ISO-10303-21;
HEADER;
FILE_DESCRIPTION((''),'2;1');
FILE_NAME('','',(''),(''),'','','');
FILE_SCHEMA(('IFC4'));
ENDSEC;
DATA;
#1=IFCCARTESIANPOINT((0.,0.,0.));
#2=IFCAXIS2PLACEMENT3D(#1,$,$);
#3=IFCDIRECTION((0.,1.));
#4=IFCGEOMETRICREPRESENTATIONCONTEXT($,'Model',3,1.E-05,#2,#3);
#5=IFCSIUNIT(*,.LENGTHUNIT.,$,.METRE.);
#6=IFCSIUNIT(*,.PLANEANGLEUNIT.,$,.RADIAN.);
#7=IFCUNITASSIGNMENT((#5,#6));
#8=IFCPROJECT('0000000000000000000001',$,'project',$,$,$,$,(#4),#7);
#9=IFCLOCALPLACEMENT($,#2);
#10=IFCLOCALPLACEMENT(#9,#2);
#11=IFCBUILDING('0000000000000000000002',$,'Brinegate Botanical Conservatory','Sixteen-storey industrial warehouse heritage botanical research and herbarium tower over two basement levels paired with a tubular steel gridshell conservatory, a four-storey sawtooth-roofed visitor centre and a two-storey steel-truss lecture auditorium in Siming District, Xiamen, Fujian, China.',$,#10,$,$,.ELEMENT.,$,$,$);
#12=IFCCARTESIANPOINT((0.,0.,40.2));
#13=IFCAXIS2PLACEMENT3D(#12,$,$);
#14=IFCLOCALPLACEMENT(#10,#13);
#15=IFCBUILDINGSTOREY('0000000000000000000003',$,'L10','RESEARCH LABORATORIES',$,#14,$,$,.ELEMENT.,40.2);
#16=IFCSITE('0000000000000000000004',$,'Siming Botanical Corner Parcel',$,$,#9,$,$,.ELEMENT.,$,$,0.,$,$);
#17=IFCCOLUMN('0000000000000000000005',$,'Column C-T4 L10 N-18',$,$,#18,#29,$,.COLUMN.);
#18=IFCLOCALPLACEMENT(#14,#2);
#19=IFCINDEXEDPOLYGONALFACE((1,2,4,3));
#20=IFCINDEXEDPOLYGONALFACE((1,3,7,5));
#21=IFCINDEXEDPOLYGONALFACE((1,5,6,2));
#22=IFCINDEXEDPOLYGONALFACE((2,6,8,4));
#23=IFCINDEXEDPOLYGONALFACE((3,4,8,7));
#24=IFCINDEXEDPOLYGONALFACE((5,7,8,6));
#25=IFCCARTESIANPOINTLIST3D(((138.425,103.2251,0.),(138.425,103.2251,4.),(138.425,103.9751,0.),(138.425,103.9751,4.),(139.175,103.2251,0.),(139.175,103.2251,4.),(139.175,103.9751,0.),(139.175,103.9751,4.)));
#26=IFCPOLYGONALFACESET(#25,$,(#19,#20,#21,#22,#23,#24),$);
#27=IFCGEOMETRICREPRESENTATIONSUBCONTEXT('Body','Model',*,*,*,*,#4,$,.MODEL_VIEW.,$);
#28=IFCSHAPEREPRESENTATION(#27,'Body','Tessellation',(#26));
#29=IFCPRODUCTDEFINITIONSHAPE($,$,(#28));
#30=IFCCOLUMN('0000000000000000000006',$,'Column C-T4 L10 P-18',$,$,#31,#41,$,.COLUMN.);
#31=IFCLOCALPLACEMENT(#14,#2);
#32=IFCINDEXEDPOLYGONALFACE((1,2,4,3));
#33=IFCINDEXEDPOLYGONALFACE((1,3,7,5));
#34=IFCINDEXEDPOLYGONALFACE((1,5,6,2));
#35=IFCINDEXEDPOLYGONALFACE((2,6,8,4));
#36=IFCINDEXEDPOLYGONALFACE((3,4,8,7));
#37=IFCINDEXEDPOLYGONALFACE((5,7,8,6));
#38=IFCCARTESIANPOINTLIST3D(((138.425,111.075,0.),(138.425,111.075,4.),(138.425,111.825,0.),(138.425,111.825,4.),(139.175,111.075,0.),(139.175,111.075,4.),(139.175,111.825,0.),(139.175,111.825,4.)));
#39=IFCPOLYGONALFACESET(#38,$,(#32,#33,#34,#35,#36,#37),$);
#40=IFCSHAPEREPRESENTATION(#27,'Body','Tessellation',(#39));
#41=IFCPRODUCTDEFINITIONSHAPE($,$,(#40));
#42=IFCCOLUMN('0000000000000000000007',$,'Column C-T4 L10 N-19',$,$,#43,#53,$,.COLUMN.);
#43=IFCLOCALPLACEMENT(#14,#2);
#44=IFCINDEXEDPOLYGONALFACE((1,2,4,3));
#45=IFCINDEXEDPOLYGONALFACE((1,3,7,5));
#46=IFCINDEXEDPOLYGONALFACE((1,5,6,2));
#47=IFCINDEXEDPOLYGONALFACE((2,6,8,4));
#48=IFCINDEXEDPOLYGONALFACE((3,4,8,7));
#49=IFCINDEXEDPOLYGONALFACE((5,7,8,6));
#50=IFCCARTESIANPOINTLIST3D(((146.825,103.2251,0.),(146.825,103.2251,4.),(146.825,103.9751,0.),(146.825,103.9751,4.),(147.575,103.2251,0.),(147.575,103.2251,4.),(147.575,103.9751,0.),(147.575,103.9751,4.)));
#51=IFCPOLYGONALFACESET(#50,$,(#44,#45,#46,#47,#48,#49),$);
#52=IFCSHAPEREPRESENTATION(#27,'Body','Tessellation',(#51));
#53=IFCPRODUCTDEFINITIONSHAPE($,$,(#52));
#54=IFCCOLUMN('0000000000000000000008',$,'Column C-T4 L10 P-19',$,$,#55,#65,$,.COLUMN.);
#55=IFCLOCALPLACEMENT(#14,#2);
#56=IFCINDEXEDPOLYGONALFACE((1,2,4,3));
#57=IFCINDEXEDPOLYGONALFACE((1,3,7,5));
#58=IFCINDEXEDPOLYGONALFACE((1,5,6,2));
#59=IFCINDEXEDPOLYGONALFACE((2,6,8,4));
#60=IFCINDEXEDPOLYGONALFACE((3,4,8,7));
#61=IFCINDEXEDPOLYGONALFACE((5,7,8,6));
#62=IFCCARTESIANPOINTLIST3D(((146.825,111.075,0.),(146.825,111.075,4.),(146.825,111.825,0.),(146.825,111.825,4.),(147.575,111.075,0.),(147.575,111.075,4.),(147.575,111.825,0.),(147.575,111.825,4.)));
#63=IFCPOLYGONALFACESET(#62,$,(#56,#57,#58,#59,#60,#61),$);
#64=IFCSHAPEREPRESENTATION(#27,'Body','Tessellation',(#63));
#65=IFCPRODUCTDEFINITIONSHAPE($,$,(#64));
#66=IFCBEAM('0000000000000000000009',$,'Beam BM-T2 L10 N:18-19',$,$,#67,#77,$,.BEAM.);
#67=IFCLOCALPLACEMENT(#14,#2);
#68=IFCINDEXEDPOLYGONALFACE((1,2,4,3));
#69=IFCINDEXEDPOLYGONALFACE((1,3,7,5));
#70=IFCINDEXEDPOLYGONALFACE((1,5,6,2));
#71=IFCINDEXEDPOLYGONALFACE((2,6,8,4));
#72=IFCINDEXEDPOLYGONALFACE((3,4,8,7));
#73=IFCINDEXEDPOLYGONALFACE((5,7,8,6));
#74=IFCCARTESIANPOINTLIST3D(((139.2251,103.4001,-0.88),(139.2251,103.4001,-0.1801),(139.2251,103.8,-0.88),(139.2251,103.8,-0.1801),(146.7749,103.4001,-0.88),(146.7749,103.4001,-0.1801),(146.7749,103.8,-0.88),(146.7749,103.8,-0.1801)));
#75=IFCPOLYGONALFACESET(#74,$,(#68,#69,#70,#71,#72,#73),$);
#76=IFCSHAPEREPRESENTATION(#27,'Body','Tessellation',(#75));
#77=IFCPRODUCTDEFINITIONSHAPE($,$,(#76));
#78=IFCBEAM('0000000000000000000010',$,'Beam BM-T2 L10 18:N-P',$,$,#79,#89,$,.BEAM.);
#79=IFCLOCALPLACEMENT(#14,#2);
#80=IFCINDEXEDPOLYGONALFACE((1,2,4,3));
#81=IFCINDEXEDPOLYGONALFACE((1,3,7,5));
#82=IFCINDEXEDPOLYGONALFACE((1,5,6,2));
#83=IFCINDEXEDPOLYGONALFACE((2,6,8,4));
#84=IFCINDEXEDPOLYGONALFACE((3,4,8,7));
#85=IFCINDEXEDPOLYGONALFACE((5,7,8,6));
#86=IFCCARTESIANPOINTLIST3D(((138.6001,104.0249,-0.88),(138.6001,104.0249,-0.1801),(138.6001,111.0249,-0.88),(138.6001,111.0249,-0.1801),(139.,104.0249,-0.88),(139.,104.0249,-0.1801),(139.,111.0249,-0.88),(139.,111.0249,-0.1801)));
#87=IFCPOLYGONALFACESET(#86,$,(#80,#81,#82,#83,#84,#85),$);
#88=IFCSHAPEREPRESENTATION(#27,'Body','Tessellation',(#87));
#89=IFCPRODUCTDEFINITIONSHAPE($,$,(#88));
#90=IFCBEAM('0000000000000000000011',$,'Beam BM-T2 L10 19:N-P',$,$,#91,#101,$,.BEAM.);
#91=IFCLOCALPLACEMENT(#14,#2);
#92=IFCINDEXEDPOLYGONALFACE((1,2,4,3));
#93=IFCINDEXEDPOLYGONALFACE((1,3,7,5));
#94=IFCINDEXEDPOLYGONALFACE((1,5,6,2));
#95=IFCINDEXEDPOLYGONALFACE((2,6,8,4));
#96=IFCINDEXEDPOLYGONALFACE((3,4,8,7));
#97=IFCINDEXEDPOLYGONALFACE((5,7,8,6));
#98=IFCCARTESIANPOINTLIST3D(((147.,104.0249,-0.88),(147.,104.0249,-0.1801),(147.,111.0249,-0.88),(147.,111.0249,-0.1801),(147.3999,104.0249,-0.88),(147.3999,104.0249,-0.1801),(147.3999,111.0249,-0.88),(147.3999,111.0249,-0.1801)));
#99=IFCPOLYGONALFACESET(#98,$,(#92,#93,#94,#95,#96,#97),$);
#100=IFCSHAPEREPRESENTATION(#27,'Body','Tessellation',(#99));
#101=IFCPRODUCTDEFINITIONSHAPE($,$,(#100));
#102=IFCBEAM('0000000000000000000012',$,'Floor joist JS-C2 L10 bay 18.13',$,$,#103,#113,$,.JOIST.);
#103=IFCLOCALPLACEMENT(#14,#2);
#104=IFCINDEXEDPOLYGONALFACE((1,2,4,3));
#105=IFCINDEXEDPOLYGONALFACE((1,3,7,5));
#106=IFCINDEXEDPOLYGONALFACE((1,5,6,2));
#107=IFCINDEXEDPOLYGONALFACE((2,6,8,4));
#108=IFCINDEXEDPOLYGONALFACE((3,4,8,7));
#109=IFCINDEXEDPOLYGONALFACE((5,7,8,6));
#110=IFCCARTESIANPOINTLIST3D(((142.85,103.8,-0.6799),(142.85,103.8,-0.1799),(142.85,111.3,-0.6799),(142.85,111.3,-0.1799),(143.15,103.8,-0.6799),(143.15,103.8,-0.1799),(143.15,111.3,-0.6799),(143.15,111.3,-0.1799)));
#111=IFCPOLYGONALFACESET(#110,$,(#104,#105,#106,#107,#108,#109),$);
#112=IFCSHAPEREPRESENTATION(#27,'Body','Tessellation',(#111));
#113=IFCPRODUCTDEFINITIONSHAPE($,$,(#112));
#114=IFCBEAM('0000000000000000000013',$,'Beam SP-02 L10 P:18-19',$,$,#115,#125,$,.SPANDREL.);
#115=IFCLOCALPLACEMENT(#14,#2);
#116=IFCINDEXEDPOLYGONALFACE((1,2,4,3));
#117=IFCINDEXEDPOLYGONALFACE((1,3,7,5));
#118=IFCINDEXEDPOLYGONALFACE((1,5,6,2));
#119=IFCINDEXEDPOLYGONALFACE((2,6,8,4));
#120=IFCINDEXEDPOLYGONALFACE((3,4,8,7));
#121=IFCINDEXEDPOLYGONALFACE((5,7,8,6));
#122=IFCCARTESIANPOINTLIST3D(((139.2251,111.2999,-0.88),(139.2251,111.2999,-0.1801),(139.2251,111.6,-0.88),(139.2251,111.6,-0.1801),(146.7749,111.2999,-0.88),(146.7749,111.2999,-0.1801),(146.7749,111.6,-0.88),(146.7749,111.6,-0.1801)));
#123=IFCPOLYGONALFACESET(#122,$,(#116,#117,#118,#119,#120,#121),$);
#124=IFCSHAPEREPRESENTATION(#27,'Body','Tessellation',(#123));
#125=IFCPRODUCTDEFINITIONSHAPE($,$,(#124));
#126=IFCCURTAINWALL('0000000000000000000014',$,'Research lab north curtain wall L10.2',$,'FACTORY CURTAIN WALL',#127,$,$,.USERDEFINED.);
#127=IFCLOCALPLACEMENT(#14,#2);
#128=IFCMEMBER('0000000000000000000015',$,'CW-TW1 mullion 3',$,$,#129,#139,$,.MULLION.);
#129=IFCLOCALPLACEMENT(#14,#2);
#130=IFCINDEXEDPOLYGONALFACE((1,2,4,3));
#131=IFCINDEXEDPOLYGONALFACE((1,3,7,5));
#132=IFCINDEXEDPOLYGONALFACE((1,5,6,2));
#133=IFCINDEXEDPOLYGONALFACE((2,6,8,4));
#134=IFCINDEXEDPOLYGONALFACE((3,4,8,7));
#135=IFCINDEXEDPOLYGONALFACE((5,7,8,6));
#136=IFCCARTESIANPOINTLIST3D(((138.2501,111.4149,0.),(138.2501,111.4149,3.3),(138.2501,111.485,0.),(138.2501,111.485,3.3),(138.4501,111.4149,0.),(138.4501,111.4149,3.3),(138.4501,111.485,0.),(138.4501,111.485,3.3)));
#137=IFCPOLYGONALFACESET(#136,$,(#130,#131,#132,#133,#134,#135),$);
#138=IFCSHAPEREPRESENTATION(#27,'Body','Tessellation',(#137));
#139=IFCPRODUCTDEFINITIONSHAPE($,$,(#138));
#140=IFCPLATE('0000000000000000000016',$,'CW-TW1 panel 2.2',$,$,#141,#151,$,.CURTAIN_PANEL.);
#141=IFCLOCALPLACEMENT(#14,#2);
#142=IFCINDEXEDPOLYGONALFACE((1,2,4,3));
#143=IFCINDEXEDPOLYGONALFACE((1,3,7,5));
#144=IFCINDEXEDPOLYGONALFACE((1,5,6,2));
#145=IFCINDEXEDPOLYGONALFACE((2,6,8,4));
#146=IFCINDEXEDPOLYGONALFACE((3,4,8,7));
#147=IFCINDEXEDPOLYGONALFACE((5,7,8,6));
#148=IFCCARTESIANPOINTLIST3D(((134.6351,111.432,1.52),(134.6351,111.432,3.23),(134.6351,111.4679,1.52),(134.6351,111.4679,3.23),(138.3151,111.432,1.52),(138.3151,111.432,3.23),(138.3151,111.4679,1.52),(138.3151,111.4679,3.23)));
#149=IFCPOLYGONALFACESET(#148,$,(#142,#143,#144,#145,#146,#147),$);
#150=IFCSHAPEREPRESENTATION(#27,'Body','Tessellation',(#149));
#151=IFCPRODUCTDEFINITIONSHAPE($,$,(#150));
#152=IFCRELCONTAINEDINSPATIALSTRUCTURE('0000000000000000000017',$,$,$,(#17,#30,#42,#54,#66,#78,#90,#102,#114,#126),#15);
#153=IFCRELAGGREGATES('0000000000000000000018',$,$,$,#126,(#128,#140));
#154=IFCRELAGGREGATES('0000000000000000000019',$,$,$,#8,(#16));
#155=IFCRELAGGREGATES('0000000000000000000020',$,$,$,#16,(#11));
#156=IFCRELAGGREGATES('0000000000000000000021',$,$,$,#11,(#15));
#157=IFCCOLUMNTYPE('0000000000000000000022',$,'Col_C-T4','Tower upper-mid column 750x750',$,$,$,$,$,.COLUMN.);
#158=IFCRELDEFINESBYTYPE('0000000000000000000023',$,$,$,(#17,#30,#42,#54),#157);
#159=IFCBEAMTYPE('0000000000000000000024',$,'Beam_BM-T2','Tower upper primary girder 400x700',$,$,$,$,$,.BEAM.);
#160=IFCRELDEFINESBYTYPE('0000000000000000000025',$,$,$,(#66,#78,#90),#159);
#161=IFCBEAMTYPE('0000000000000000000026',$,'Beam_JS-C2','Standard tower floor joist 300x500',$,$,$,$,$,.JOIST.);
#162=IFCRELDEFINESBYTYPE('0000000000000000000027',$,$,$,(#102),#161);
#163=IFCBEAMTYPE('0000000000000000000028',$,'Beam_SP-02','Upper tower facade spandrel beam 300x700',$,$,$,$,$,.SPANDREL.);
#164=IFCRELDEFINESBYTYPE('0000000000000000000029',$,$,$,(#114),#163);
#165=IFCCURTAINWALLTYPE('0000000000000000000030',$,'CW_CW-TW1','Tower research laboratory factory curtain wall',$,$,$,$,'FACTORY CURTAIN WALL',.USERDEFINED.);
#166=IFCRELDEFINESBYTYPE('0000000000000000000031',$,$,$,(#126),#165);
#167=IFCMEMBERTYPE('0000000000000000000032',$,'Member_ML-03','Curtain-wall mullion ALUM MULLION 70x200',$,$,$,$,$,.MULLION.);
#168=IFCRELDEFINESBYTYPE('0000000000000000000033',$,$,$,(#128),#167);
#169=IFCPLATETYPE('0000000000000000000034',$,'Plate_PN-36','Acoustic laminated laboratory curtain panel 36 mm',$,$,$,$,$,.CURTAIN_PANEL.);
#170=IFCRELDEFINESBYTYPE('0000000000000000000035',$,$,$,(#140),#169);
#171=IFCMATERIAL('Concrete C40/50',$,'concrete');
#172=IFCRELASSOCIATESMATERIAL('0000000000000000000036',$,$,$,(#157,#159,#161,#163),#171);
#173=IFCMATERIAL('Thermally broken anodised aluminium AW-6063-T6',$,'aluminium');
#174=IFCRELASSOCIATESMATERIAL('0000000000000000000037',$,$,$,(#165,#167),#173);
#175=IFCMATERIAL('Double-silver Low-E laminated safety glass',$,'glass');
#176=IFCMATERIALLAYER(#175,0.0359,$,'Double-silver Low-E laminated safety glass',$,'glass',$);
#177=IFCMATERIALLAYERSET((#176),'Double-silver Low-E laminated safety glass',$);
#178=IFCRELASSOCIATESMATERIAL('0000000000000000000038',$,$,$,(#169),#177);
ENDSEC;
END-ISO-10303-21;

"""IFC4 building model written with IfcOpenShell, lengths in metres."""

from ifc_helpers import new_model, si_unit, direction, frame, origin, origin_2d, place, context, subcontext, project, spatial, rectangle, extrude, material, layer, layer_set, material_profile, profile_set, type_object, element, aggregate, save


model = new_model("IFC4")

# Units and contexts
model_context = context("Model", 3, precision=1e-05, world=origin(), true_north=direction((0.0, 1.0)))
body_context = subcontext(model_context, "Body", "Model", "MODEL_VIEW")
ifc_project = project(units=[si_unit("LENGTHUNIT", "METRE"), si_unit("PLANEANGLEUNIT", "RADIAN")], contexts=[model_context])

# Site, building, storey
site_placement = place(None, origin())
site = spatial("IfcSite", under=ifc_project, at=site_placement, Name="Siming Botanical Corner Parcel", CompositionType="ELEMENT", RefElevation=0.0)
building_placement = place(site_placement, origin())
building = spatial("IfcBuilding", under=site, at=building_placement, Name="Brinegate Botanical Conservatory", Description="Sixteen-storey industrial warehouse heritage botanical research and herbarium tower over two basement levels paired with a tubular steel gridshell conservatory, a four-storey sawtooth-roofed visitor centre and a two-storey steel-truss lecture auditorium in Siming District, Xiamen, Fujian, China.", CompositionType="ELEMENT")
storey_placement = place(building_placement, frame((0.0, 0.0, 40.2)))
storey = spatial("IfcBuildingStorey", under=building, at=storey_placement, Name="L10", Description="RESEARCH LABORATORIES", CompositionType="ELEMENT", Elevation=40.2)

# Columns
ifc_material_1 = material(Name="Concrete C40/50", Category="concrete")
ifc_material_profile_1 = material_profile(ifc_material_1, rectangle(XDim=0.75, YDim=0.75, at=origin_2d()), Name="RC COL 750x750")
ifc_profile_set_1 = profile_set([ifc_material_profile_1], Name="Concrete C40/50")
column_type = type_object("IfcColumnType", Name="Col_C-T4", Description="Tower upper-mid column 750x750", PredefinedType="COLUMN", material=ifc_profile_set_1)
for number, where, z_axis, x_axis, name in (
    (1, (138.8, 103.6001, 0.0), (0.0, 0.0, 1.0), (1.0, 0.0, 0.0), "Column C-T4 L10 N-18"),
    (2, (138.8, 111.45, 0.0), (0.0, 0.0, 1.0), (1.0, 0.0, 0.0), "Column C-T4 L10 P-18"),
    (3, (147.2, 103.6001, 0.0), (0.0, 0.0, 1.0), (1.0, 0.0, 0.0), "Column C-T4 L10 N-19"),
    (4, (147.2, 111.45, 0.0), (0.0, 0.0, 1.0), (1.0, 0.0, 0.0), "Column C-T4 L10 P-19"),
):
    element("IfcColumn", number, at=place(storey_placement, frame(where, z_axis=z_axis, x_axis=x_axis)), inside=storey, type_object=column_type, Name=name, PredefinedType="COLUMN", context=body_context, shape_type="SweptSolid", body=[
        extrude(rectangle(XDim=0.75, YDim=0.75, at=origin_2d()), origin(), (0.0, 0.0, 1.0), 4.0),
    ])

# Beams
ifc_material_profile_2 = material_profile(ifc_material_1, rectangle(XDim=0.3999, YDim=0.7, at=origin_2d()), Name="RC BM 400x700")
ifc_profile_set_2 = profile_set([ifc_material_profile_2], Name="Concrete C40/50")
beam_type_1 = type_object("IfcBeamType", Name="Beam_BM-T2", Description="Tower upper primary girder 400x700", PredefinedType="BEAM", material=ifc_profile_set_2)
beam_1_placement = place(storey_placement, frame((139.2251, 103.6001, -0.53), z_axis=(1.0, 0.0, 0.0), x_axis=(0.0, 1.0, 0.0)))
element("IfcBeam", 5, at=beam_1_placement, inside=storey, type_object=beam_type_1, Name="Beam BM-T2 L10 N:18-19", PredefinedType="BEAM", context=body_context, shape_type="SweptSolid", body=[
    extrude(rectangle(XDim=0.3999, YDim=0.7, at=origin_2d()), origin(), (0.0, 0.0, 1.0), 7.5498),
])
for number, where, z_axis, x_axis, name in (
    (6, (138.8, 104.0249, -0.53), (0.0, 1.0, 0.0), (-1.0, 0.0, 0.0), "Beam BM-T2 L10 18:N-P"),
    (7, (147.2, 104.0249, -0.53), (0.0, 1.0, 0.0), (-1.0, 0.0, 0.0), "Beam BM-T2 L10 19:N-P"),
):
    element("IfcBeam", number, at=place(storey_placement, frame(where, z_axis=z_axis, x_axis=x_axis)), inside=storey, type_object=beam_type_1, Name=name, PredefinedType="BEAM", context=body_context, shape_type="SweptSolid", body=[
        extrude(rectangle(XDim=0.3999, YDim=0.7, at=origin_2d()), origin(), (0.0, 0.0, 1.0), 7.0),
    ])
ifc_material_profile_3 = material_profile(ifc_material_1, rectangle(XDim=0.3, YDim=0.5, at=origin_2d()), Name="RC JST 300x500")
ifc_profile_set_3 = profile_set([ifc_material_profile_3], Name="Concrete C40/50")
beam_type_2 = type_object("IfcBeamType", Name="Beam_JS-C2", Description="Standard tower floor joist 300x500", PredefinedType="JOIST", material=ifc_profile_set_3)
beam_2_placement = place(storey_placement, frame((143.0, 103.8, -0.4299), z_axis=(0.0, 1.0, 0.0), x_axis=(-1.0, 0.0, 0.0)))
element("IfcBeam", 8, at=beam_2_placement, inside=storey, type_object=beam_type_2, Name="Floor joist JS-C2 L10 bay 18.13", PredefinedType="JOIST", context=body_context, shape_type="SweptSolid", body=[
    extrude(rectangle(XDim=0.3, YDim=0.5, at=origin_2d()), origin(), (0.0, 0.0, 1.0), 7.5),
])
ifc_material_profile_4 = material_profile(ifc_material_1, rectangle(XDim=0.3, YDim=0.7, at=origin_2d()), Name="RC SPN 300x700")
ifc_profile_set_4 = profile_set([ifc_material_profile_4], Name="Concrete C40/50")
beam_type_3 = type_object("IfcBeamType", Name="Beam_SP-02", Description="Upper tower facade spandrel beam 300x700", PredefinedType="SPANDREL", material=ifc_profile_set_4)
beam_3_placement = place(storey_placement, frame((139.2251, 111.45, -0.53), z_axis=(1.0, 0.0, 0.0), x_axis=(0.0, 1.0, 0.0)))
element("IfcBeam", 9, at=beam_3_placement, inside=storey, type_object=beam_type_3, Name="Beam SP-02 L10 P:18-19", PredefinedType="SPANDREL", context=body_context, shape_type="SweptSolid", body=[
    extrude(rectangle(XDim=0.3, YDim=0.7, at=origin_2d()), origin(), (0.0, 0.0, 1.0), 7.5498),
])

# Curtain wall, member, plate
ifc_material_2 = material(Name="Thermally broken anodised aluminium AW-6063-T6", Category="aluminium")
curtain_wall_type = type_object("IfcCurtainWallType", Name="CW_CW-TW1", Description="Tower research laboratory factory curtain wall", ElementType="FACTORY CURTAIN WALL", PredefinedType="USERDEFINED", material=ifc_material_2)
curtain_wall_placement = place(storey_placement, origin())
curtain_wall = element("IfcCurtainWall", 10, at=curtain_wall_placement, inside=storey, type_object=curtain_wall_type, Name="Research lab north curtain wall L10.2", ObjectType="FACTORY CURTAIN WALL", PredefinedType="USERDEFINED")
ifc_material_profile_5 = material_profile(ifc_material_2, rectangle(XDim=0.0701, YDim=0.2, at=origin_2d()), Name="ALUM MULLION 70x200")
ifc_profile_set_5 = profile_set([ifc_material_profile_5], Name="Thermally broken anodised aluminium AW-6063-T6")
member_type = type_object("IfcMemberType", Name="Member_ML-03", Description="Curtain-wall mullion ALUM MULLION 70x200", PredefinedType="MULLION", material=ifc_profile_set_5)
member_placement = place(storey_placement, frame((138.3501, 111.45, 0.0), z_axis=(0.0, 0.0, 1.0), x_axis=(0.0, 1.0, 0.0)))
member = element("IfcMember", 11, at=member_placement, type_object=member_type, Name="CW-TW1 mullion 3", PredefinedType="MULLION", context=body_context, shape_type="SweptSolid", body=[
    extrude(rectangle(XDim=0.0701, YDim=0.2, at=origin_2d()), origin(), (0.0, 0.0, 1.0), 3.3),
])
ifc_material_3 = material(Name="Double-silver Low-E laminated safety glass", Category="glass")
ifc_layer_1 = layer(ifc_material_3, 0.0359, Name="Double-silver Low-E laminated safety glass", Category="glass")
ifc_layer_set_1 = layer_set([ifc_layer_1], Name="Double-silver Low-E laminated safety glass")
plate_type = type_object("IfcPlateType", Name="Plate_PN-36", Description="Acoustic laminated laboratory curtain panel 36 mm", PredefinedType="CURTAIN_PANEL", material=ifc_layer_set_1)
plate_placement = place(storey_placement, frame((136.4751, 111.45, 1.52), z_axis=(0.0, 0.0, 1.0), x_axis=(1.0, 0.0, 0.0)))
plate = element("IfcPlate", 12, at=plate_placement, type_object=plate_type, Name="CW-TW1 panel 2.2", PredefinedType="CURTAIN_PANEL", context=body_context, shape_type="SweptSolid", body=[
    extrude(rectangle(XDim=3.6799, YDim=0.0359, at=origin_2d()), origin(), (0.0, 0.0, 1.0), 1.71),
])
aggregate(curtain_wall, [member, plate])

save(model, "model.ifc")
